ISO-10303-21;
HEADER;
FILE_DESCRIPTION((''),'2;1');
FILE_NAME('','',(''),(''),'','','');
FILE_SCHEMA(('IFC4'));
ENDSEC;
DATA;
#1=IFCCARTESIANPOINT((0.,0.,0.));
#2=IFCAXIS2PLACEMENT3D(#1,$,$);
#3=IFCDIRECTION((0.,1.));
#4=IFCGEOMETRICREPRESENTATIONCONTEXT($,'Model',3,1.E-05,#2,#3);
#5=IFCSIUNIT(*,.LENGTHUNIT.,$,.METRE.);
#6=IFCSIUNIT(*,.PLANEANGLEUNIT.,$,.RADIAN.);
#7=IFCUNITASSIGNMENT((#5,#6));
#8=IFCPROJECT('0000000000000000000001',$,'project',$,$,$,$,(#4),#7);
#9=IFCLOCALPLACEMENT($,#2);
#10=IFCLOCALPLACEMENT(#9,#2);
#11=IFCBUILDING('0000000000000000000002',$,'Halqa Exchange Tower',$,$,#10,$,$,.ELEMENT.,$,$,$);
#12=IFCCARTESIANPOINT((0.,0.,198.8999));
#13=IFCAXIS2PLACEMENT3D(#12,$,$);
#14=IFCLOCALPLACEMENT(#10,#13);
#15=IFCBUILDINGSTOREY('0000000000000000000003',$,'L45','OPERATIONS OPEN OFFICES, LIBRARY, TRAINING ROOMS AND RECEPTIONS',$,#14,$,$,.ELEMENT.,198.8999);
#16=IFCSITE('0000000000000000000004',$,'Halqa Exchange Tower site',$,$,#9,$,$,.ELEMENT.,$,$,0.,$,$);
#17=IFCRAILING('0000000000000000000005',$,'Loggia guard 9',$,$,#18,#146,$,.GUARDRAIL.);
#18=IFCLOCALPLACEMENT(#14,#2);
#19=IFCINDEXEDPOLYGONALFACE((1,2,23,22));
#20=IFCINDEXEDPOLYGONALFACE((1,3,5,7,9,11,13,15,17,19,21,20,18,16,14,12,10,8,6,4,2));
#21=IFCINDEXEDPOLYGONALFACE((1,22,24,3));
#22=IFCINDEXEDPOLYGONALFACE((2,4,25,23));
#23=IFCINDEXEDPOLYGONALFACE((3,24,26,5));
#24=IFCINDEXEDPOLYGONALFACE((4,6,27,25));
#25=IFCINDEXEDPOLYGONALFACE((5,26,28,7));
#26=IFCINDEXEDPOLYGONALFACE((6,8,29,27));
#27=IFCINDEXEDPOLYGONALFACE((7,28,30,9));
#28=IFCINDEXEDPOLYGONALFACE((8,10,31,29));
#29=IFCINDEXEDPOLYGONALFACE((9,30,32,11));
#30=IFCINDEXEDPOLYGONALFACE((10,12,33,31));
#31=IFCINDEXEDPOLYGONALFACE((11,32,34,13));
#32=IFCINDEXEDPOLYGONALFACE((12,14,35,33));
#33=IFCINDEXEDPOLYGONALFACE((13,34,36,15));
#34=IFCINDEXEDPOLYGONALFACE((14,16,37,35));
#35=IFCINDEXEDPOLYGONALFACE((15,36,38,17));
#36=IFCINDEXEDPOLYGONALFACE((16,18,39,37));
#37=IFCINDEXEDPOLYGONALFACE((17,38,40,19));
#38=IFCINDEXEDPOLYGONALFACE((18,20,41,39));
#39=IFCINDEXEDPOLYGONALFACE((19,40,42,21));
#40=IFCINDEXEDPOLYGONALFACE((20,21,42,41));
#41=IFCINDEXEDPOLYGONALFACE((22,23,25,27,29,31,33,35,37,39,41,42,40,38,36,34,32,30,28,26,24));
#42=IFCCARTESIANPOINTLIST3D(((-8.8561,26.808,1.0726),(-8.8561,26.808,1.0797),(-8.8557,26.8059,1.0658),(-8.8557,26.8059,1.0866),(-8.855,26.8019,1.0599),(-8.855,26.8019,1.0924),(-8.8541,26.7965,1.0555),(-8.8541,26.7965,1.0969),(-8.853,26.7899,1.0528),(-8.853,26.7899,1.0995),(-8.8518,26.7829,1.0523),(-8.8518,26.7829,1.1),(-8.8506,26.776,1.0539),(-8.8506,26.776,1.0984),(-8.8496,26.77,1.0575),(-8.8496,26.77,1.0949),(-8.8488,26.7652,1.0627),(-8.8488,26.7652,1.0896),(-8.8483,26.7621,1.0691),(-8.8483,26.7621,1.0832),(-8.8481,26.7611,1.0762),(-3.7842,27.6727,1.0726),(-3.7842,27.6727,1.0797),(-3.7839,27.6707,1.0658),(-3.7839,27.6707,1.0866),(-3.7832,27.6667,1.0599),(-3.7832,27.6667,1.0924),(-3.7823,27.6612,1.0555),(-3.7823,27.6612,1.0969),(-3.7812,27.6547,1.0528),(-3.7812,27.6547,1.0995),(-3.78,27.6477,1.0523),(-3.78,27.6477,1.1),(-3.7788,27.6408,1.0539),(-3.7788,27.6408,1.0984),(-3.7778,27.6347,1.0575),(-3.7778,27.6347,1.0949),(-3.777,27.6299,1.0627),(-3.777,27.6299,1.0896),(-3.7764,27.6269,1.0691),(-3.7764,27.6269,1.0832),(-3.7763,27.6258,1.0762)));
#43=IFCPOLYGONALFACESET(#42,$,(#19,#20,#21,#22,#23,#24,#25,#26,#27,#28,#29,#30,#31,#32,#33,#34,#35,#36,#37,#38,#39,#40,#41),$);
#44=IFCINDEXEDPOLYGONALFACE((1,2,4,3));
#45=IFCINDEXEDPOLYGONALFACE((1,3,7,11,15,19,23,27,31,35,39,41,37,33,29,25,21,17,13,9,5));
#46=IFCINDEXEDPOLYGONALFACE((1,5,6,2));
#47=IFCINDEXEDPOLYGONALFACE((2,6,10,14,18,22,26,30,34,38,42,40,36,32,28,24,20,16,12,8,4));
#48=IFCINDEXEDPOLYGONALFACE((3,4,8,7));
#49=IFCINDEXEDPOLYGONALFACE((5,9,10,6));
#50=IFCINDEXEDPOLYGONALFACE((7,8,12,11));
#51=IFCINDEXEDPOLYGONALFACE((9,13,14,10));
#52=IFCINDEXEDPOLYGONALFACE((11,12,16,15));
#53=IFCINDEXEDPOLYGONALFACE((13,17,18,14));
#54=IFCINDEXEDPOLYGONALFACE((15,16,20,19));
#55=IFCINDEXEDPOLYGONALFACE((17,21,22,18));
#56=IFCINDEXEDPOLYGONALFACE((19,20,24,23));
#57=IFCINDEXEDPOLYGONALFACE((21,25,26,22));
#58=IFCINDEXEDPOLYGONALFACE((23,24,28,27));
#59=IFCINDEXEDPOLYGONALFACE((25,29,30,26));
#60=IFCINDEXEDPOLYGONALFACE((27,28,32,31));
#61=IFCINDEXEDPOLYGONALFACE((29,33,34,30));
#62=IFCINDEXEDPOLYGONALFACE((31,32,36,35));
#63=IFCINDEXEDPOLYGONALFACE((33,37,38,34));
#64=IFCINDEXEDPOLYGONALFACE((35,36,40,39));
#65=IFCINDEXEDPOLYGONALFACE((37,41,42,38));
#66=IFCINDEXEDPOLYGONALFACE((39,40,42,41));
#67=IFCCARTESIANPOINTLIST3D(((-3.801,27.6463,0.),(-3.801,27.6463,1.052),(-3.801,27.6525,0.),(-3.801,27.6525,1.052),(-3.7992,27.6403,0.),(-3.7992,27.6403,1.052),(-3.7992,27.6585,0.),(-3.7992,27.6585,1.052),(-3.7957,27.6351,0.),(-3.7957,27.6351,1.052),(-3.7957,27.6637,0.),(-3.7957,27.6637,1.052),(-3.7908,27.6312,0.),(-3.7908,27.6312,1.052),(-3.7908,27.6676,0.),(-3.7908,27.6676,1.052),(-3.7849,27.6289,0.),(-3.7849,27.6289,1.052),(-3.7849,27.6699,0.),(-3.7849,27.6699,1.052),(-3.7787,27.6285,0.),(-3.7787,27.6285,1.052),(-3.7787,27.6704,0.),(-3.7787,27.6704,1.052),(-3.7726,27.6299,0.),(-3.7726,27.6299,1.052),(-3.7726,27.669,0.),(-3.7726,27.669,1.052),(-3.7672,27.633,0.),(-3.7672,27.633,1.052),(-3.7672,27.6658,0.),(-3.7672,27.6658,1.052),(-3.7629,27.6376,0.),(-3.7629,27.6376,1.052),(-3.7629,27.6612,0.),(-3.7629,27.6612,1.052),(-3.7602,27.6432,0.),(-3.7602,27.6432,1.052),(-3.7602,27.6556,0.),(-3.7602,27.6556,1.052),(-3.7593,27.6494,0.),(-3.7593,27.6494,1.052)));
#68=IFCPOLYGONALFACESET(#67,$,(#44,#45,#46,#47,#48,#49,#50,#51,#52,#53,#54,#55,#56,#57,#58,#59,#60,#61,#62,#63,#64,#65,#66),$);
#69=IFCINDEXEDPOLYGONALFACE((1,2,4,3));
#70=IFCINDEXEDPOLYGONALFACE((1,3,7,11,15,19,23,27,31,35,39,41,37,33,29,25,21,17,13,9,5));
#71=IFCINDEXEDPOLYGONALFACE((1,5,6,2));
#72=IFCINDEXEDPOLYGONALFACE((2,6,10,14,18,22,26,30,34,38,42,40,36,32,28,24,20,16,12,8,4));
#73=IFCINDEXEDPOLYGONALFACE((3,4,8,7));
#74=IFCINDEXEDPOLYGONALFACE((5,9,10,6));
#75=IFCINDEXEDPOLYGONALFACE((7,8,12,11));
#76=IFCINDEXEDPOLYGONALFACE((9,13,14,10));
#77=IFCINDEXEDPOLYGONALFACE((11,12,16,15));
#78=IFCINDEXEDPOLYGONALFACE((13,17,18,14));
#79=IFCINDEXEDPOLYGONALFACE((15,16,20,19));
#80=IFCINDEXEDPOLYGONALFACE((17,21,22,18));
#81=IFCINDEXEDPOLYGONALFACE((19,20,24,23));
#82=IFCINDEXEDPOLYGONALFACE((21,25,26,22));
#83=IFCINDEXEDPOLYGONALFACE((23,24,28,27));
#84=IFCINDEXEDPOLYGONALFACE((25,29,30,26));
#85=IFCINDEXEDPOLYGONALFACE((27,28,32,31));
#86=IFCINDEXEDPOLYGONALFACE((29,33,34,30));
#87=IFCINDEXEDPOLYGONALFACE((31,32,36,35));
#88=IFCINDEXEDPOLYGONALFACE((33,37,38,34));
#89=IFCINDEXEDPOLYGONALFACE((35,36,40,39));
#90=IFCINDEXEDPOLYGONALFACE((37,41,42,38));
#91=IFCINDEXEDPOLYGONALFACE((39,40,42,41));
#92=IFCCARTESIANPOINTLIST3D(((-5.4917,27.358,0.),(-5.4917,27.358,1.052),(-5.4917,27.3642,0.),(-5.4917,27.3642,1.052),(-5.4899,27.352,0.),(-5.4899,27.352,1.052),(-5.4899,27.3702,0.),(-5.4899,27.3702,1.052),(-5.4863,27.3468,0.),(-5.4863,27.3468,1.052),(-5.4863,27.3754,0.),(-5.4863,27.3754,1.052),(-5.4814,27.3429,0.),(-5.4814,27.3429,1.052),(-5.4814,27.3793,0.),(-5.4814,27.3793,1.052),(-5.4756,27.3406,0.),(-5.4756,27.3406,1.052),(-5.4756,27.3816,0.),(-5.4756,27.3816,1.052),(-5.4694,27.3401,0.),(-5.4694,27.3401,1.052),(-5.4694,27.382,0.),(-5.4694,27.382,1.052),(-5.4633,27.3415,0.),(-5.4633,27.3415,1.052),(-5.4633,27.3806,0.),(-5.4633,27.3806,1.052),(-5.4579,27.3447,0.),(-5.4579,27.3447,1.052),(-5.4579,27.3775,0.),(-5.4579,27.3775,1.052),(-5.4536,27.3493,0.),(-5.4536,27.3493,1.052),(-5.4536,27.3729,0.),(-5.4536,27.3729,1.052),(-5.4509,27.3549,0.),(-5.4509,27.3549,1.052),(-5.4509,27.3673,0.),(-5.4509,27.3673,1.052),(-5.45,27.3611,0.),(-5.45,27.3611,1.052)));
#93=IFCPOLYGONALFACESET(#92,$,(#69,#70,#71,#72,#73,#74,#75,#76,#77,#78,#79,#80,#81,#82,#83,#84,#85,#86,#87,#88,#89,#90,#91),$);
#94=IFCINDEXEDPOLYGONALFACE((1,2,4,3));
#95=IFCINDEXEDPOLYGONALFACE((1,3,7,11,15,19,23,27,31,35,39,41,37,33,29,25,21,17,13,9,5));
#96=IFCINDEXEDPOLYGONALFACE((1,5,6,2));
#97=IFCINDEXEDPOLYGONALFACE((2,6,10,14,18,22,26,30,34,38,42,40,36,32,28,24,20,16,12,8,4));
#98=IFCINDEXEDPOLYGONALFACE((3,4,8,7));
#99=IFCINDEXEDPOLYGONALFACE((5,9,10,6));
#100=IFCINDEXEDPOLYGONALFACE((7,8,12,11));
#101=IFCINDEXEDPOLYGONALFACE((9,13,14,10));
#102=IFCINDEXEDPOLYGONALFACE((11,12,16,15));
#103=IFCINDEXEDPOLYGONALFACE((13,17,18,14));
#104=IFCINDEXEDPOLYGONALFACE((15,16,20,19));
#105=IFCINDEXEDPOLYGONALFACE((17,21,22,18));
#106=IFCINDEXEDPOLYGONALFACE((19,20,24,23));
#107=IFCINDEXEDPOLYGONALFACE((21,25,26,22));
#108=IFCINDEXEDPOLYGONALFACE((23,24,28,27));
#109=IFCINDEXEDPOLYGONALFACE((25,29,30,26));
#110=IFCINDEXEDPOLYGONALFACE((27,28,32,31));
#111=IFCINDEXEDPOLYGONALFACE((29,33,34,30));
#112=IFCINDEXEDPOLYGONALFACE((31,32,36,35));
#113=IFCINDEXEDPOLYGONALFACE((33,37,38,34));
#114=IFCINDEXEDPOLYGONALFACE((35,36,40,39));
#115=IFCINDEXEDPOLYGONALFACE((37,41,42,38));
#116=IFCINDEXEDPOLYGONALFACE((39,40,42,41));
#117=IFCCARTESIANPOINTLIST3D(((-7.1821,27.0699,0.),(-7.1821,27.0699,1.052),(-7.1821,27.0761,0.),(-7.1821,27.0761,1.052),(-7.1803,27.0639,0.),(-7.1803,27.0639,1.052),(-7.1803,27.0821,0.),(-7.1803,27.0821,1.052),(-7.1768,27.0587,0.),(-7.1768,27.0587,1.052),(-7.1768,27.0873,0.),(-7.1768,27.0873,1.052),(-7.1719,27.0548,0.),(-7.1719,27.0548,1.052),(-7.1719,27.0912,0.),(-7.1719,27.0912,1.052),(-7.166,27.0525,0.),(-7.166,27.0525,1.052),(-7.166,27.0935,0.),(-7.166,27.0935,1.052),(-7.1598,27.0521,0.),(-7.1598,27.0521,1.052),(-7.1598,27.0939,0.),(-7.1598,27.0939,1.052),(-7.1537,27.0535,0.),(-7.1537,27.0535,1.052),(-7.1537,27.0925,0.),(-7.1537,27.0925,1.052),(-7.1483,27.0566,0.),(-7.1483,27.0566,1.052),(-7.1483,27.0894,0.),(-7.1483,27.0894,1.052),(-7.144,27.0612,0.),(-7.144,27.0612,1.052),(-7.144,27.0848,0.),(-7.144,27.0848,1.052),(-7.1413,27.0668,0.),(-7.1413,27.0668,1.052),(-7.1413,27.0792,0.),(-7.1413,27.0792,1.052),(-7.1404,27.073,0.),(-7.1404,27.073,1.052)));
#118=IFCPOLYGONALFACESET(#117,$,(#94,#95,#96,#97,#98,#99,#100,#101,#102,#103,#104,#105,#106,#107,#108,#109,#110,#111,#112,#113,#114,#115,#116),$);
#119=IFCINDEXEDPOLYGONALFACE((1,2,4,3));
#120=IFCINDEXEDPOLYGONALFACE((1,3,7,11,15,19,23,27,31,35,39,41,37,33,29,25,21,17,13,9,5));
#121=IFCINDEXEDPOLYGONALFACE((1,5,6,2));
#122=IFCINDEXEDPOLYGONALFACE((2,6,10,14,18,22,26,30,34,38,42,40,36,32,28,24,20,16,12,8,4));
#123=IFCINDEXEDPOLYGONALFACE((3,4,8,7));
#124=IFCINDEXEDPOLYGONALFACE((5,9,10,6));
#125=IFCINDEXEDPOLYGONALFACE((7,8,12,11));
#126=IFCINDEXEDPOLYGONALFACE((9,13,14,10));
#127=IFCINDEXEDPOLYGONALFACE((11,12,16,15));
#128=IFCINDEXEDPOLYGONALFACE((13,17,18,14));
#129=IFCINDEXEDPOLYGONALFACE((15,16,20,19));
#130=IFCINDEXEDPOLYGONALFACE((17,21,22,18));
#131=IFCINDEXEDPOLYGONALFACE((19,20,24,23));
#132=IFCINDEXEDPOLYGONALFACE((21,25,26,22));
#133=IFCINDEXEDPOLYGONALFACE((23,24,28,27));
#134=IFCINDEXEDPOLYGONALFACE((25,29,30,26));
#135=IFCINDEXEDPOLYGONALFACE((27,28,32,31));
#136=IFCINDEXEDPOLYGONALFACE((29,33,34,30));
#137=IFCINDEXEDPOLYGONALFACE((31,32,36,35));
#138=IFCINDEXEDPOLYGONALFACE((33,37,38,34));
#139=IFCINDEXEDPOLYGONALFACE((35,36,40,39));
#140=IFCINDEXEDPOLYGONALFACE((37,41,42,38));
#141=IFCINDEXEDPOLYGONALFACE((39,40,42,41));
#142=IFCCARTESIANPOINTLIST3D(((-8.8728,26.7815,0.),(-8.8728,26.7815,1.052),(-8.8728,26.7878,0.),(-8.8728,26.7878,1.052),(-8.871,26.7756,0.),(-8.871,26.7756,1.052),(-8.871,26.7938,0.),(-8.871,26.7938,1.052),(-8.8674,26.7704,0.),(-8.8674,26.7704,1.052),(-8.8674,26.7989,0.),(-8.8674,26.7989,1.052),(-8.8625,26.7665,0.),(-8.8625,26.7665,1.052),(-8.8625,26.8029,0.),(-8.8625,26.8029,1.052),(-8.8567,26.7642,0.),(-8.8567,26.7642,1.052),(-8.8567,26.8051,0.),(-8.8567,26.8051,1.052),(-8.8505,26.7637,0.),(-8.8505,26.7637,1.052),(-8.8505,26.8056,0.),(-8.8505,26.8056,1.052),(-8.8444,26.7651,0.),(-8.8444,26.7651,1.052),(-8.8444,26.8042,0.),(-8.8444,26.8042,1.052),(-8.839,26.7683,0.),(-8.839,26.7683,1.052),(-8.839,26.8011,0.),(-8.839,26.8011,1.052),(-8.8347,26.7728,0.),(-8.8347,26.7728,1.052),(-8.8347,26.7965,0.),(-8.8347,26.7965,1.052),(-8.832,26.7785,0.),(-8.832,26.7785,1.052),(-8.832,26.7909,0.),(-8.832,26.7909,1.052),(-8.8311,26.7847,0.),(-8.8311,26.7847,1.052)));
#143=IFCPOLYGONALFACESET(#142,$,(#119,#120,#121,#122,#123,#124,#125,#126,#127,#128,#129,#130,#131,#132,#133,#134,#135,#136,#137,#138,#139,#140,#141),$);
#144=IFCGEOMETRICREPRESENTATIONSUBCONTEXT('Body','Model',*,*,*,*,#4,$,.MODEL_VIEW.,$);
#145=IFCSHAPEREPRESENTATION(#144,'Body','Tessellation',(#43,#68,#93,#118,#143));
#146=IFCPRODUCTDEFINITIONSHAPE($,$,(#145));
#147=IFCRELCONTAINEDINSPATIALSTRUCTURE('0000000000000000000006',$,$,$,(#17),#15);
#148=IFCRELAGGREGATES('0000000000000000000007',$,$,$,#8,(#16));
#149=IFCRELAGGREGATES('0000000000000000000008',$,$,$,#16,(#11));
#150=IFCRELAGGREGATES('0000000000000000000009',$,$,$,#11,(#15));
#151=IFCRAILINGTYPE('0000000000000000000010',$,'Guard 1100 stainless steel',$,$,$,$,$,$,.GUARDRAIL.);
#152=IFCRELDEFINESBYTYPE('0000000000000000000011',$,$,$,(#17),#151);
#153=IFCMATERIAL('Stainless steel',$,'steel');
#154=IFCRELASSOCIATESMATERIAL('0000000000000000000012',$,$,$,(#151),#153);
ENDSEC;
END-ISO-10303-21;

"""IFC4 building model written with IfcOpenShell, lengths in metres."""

from ifc_helpers import new_model, si_unit, direction, frame, origin, origin_2d, place, context, subcontext, project, spatial, circle, extrude, material, type_object, element, save


model = new_model("IFC4")

# Units and contexts
model_context = context("Model", 3, precision=1e-05, world=origin(), true_north=direction((0.0, 1.0)))
body_context = subcontext(model_context, "Body", "Model", "MODEL_VIEW")
ifc_project = project(units=[si_unit("LENGTHUNIT", "METRE"), si_unit("PLANEANGLEUNIT", "RADIAN")], contexts=[model_context])

# Site, building, storey
site_placement = place(None, origin())
site = spatial("IfcSite", under=ifc_project, at=site_placement, Name="Halqa Exchange Tower site", CompositionType="ELEMENT", RefElevation=0.0)
building_placement = place(site_placement, origin())
building = spatial("IfcBuilding", under=site, at=building_placement, Name="Halqa Exchange Tower", CompositionType="ELEMENT")
storey_placement = place(building_placement, frame((0.0, 0.0, 198.8999)))
storey = spatial("IfcBuildingStorey", under=building, at=storey_placement, Name="L45", Description="OPERATIONS OPEN OFFICES, LIBRARY, TRAINING ROOMS AND RECEPTIONS", CompositionType="ELEMENT", Elevation=198.8999)

# Railing
ifc_material_1 = material(Name="Stainless steel", Category="steel")
railing_type_1 = type_object("IfcRailingType", Name="Guard 1100 stainless steel", PredefinedType="GUARDRAIL", material=ifc_material_1)
railing_1_placement = place(storey_placement, frame((-3.7803, 27.6494, 0.0)))
element("IfcRailing", 1, at=railing_1_placement, inside=storey, type_object=railing_type_1, Name="Loggia guard 9", PredefinedType="GUARDRAIL", context=body_context, shape_type="SweptSolid", body=[
    extrude(circle(Radius=0.0239, at=origin_2d()), frame((0.0, 0.0, 1.0762), z_axis=(-0.985774, -0.168076, 0.0), x_axis=(0.168076, -0.985774, 0.0)), (0.0, 0.0, 1.0), 5.145),
    extrude(circle(Radius=0.021, at=origin_2d()), origin(), (0.0, 0.0, 1.0), 1.052),
    extrude(circle(Radius=0.021, at=origin_2d()), frame((-1.6907, -0.2883, 0.0)), (0.0, 0.0, 1.0), 1.052),
    extrude(circle(Radius=0.021, at=origin_2d()), frame((-3.3811, -0.5764, 0.0)), (0.0, 0.0, 1.0), 1.052),
    extrude(circle(Radius=0.021, at=origin_2d()), frame((-5.0718, -0.8647, 0.0)), (0.0, 0.0, 1.0), 1.052),
])

save(model, "model.ifc")
